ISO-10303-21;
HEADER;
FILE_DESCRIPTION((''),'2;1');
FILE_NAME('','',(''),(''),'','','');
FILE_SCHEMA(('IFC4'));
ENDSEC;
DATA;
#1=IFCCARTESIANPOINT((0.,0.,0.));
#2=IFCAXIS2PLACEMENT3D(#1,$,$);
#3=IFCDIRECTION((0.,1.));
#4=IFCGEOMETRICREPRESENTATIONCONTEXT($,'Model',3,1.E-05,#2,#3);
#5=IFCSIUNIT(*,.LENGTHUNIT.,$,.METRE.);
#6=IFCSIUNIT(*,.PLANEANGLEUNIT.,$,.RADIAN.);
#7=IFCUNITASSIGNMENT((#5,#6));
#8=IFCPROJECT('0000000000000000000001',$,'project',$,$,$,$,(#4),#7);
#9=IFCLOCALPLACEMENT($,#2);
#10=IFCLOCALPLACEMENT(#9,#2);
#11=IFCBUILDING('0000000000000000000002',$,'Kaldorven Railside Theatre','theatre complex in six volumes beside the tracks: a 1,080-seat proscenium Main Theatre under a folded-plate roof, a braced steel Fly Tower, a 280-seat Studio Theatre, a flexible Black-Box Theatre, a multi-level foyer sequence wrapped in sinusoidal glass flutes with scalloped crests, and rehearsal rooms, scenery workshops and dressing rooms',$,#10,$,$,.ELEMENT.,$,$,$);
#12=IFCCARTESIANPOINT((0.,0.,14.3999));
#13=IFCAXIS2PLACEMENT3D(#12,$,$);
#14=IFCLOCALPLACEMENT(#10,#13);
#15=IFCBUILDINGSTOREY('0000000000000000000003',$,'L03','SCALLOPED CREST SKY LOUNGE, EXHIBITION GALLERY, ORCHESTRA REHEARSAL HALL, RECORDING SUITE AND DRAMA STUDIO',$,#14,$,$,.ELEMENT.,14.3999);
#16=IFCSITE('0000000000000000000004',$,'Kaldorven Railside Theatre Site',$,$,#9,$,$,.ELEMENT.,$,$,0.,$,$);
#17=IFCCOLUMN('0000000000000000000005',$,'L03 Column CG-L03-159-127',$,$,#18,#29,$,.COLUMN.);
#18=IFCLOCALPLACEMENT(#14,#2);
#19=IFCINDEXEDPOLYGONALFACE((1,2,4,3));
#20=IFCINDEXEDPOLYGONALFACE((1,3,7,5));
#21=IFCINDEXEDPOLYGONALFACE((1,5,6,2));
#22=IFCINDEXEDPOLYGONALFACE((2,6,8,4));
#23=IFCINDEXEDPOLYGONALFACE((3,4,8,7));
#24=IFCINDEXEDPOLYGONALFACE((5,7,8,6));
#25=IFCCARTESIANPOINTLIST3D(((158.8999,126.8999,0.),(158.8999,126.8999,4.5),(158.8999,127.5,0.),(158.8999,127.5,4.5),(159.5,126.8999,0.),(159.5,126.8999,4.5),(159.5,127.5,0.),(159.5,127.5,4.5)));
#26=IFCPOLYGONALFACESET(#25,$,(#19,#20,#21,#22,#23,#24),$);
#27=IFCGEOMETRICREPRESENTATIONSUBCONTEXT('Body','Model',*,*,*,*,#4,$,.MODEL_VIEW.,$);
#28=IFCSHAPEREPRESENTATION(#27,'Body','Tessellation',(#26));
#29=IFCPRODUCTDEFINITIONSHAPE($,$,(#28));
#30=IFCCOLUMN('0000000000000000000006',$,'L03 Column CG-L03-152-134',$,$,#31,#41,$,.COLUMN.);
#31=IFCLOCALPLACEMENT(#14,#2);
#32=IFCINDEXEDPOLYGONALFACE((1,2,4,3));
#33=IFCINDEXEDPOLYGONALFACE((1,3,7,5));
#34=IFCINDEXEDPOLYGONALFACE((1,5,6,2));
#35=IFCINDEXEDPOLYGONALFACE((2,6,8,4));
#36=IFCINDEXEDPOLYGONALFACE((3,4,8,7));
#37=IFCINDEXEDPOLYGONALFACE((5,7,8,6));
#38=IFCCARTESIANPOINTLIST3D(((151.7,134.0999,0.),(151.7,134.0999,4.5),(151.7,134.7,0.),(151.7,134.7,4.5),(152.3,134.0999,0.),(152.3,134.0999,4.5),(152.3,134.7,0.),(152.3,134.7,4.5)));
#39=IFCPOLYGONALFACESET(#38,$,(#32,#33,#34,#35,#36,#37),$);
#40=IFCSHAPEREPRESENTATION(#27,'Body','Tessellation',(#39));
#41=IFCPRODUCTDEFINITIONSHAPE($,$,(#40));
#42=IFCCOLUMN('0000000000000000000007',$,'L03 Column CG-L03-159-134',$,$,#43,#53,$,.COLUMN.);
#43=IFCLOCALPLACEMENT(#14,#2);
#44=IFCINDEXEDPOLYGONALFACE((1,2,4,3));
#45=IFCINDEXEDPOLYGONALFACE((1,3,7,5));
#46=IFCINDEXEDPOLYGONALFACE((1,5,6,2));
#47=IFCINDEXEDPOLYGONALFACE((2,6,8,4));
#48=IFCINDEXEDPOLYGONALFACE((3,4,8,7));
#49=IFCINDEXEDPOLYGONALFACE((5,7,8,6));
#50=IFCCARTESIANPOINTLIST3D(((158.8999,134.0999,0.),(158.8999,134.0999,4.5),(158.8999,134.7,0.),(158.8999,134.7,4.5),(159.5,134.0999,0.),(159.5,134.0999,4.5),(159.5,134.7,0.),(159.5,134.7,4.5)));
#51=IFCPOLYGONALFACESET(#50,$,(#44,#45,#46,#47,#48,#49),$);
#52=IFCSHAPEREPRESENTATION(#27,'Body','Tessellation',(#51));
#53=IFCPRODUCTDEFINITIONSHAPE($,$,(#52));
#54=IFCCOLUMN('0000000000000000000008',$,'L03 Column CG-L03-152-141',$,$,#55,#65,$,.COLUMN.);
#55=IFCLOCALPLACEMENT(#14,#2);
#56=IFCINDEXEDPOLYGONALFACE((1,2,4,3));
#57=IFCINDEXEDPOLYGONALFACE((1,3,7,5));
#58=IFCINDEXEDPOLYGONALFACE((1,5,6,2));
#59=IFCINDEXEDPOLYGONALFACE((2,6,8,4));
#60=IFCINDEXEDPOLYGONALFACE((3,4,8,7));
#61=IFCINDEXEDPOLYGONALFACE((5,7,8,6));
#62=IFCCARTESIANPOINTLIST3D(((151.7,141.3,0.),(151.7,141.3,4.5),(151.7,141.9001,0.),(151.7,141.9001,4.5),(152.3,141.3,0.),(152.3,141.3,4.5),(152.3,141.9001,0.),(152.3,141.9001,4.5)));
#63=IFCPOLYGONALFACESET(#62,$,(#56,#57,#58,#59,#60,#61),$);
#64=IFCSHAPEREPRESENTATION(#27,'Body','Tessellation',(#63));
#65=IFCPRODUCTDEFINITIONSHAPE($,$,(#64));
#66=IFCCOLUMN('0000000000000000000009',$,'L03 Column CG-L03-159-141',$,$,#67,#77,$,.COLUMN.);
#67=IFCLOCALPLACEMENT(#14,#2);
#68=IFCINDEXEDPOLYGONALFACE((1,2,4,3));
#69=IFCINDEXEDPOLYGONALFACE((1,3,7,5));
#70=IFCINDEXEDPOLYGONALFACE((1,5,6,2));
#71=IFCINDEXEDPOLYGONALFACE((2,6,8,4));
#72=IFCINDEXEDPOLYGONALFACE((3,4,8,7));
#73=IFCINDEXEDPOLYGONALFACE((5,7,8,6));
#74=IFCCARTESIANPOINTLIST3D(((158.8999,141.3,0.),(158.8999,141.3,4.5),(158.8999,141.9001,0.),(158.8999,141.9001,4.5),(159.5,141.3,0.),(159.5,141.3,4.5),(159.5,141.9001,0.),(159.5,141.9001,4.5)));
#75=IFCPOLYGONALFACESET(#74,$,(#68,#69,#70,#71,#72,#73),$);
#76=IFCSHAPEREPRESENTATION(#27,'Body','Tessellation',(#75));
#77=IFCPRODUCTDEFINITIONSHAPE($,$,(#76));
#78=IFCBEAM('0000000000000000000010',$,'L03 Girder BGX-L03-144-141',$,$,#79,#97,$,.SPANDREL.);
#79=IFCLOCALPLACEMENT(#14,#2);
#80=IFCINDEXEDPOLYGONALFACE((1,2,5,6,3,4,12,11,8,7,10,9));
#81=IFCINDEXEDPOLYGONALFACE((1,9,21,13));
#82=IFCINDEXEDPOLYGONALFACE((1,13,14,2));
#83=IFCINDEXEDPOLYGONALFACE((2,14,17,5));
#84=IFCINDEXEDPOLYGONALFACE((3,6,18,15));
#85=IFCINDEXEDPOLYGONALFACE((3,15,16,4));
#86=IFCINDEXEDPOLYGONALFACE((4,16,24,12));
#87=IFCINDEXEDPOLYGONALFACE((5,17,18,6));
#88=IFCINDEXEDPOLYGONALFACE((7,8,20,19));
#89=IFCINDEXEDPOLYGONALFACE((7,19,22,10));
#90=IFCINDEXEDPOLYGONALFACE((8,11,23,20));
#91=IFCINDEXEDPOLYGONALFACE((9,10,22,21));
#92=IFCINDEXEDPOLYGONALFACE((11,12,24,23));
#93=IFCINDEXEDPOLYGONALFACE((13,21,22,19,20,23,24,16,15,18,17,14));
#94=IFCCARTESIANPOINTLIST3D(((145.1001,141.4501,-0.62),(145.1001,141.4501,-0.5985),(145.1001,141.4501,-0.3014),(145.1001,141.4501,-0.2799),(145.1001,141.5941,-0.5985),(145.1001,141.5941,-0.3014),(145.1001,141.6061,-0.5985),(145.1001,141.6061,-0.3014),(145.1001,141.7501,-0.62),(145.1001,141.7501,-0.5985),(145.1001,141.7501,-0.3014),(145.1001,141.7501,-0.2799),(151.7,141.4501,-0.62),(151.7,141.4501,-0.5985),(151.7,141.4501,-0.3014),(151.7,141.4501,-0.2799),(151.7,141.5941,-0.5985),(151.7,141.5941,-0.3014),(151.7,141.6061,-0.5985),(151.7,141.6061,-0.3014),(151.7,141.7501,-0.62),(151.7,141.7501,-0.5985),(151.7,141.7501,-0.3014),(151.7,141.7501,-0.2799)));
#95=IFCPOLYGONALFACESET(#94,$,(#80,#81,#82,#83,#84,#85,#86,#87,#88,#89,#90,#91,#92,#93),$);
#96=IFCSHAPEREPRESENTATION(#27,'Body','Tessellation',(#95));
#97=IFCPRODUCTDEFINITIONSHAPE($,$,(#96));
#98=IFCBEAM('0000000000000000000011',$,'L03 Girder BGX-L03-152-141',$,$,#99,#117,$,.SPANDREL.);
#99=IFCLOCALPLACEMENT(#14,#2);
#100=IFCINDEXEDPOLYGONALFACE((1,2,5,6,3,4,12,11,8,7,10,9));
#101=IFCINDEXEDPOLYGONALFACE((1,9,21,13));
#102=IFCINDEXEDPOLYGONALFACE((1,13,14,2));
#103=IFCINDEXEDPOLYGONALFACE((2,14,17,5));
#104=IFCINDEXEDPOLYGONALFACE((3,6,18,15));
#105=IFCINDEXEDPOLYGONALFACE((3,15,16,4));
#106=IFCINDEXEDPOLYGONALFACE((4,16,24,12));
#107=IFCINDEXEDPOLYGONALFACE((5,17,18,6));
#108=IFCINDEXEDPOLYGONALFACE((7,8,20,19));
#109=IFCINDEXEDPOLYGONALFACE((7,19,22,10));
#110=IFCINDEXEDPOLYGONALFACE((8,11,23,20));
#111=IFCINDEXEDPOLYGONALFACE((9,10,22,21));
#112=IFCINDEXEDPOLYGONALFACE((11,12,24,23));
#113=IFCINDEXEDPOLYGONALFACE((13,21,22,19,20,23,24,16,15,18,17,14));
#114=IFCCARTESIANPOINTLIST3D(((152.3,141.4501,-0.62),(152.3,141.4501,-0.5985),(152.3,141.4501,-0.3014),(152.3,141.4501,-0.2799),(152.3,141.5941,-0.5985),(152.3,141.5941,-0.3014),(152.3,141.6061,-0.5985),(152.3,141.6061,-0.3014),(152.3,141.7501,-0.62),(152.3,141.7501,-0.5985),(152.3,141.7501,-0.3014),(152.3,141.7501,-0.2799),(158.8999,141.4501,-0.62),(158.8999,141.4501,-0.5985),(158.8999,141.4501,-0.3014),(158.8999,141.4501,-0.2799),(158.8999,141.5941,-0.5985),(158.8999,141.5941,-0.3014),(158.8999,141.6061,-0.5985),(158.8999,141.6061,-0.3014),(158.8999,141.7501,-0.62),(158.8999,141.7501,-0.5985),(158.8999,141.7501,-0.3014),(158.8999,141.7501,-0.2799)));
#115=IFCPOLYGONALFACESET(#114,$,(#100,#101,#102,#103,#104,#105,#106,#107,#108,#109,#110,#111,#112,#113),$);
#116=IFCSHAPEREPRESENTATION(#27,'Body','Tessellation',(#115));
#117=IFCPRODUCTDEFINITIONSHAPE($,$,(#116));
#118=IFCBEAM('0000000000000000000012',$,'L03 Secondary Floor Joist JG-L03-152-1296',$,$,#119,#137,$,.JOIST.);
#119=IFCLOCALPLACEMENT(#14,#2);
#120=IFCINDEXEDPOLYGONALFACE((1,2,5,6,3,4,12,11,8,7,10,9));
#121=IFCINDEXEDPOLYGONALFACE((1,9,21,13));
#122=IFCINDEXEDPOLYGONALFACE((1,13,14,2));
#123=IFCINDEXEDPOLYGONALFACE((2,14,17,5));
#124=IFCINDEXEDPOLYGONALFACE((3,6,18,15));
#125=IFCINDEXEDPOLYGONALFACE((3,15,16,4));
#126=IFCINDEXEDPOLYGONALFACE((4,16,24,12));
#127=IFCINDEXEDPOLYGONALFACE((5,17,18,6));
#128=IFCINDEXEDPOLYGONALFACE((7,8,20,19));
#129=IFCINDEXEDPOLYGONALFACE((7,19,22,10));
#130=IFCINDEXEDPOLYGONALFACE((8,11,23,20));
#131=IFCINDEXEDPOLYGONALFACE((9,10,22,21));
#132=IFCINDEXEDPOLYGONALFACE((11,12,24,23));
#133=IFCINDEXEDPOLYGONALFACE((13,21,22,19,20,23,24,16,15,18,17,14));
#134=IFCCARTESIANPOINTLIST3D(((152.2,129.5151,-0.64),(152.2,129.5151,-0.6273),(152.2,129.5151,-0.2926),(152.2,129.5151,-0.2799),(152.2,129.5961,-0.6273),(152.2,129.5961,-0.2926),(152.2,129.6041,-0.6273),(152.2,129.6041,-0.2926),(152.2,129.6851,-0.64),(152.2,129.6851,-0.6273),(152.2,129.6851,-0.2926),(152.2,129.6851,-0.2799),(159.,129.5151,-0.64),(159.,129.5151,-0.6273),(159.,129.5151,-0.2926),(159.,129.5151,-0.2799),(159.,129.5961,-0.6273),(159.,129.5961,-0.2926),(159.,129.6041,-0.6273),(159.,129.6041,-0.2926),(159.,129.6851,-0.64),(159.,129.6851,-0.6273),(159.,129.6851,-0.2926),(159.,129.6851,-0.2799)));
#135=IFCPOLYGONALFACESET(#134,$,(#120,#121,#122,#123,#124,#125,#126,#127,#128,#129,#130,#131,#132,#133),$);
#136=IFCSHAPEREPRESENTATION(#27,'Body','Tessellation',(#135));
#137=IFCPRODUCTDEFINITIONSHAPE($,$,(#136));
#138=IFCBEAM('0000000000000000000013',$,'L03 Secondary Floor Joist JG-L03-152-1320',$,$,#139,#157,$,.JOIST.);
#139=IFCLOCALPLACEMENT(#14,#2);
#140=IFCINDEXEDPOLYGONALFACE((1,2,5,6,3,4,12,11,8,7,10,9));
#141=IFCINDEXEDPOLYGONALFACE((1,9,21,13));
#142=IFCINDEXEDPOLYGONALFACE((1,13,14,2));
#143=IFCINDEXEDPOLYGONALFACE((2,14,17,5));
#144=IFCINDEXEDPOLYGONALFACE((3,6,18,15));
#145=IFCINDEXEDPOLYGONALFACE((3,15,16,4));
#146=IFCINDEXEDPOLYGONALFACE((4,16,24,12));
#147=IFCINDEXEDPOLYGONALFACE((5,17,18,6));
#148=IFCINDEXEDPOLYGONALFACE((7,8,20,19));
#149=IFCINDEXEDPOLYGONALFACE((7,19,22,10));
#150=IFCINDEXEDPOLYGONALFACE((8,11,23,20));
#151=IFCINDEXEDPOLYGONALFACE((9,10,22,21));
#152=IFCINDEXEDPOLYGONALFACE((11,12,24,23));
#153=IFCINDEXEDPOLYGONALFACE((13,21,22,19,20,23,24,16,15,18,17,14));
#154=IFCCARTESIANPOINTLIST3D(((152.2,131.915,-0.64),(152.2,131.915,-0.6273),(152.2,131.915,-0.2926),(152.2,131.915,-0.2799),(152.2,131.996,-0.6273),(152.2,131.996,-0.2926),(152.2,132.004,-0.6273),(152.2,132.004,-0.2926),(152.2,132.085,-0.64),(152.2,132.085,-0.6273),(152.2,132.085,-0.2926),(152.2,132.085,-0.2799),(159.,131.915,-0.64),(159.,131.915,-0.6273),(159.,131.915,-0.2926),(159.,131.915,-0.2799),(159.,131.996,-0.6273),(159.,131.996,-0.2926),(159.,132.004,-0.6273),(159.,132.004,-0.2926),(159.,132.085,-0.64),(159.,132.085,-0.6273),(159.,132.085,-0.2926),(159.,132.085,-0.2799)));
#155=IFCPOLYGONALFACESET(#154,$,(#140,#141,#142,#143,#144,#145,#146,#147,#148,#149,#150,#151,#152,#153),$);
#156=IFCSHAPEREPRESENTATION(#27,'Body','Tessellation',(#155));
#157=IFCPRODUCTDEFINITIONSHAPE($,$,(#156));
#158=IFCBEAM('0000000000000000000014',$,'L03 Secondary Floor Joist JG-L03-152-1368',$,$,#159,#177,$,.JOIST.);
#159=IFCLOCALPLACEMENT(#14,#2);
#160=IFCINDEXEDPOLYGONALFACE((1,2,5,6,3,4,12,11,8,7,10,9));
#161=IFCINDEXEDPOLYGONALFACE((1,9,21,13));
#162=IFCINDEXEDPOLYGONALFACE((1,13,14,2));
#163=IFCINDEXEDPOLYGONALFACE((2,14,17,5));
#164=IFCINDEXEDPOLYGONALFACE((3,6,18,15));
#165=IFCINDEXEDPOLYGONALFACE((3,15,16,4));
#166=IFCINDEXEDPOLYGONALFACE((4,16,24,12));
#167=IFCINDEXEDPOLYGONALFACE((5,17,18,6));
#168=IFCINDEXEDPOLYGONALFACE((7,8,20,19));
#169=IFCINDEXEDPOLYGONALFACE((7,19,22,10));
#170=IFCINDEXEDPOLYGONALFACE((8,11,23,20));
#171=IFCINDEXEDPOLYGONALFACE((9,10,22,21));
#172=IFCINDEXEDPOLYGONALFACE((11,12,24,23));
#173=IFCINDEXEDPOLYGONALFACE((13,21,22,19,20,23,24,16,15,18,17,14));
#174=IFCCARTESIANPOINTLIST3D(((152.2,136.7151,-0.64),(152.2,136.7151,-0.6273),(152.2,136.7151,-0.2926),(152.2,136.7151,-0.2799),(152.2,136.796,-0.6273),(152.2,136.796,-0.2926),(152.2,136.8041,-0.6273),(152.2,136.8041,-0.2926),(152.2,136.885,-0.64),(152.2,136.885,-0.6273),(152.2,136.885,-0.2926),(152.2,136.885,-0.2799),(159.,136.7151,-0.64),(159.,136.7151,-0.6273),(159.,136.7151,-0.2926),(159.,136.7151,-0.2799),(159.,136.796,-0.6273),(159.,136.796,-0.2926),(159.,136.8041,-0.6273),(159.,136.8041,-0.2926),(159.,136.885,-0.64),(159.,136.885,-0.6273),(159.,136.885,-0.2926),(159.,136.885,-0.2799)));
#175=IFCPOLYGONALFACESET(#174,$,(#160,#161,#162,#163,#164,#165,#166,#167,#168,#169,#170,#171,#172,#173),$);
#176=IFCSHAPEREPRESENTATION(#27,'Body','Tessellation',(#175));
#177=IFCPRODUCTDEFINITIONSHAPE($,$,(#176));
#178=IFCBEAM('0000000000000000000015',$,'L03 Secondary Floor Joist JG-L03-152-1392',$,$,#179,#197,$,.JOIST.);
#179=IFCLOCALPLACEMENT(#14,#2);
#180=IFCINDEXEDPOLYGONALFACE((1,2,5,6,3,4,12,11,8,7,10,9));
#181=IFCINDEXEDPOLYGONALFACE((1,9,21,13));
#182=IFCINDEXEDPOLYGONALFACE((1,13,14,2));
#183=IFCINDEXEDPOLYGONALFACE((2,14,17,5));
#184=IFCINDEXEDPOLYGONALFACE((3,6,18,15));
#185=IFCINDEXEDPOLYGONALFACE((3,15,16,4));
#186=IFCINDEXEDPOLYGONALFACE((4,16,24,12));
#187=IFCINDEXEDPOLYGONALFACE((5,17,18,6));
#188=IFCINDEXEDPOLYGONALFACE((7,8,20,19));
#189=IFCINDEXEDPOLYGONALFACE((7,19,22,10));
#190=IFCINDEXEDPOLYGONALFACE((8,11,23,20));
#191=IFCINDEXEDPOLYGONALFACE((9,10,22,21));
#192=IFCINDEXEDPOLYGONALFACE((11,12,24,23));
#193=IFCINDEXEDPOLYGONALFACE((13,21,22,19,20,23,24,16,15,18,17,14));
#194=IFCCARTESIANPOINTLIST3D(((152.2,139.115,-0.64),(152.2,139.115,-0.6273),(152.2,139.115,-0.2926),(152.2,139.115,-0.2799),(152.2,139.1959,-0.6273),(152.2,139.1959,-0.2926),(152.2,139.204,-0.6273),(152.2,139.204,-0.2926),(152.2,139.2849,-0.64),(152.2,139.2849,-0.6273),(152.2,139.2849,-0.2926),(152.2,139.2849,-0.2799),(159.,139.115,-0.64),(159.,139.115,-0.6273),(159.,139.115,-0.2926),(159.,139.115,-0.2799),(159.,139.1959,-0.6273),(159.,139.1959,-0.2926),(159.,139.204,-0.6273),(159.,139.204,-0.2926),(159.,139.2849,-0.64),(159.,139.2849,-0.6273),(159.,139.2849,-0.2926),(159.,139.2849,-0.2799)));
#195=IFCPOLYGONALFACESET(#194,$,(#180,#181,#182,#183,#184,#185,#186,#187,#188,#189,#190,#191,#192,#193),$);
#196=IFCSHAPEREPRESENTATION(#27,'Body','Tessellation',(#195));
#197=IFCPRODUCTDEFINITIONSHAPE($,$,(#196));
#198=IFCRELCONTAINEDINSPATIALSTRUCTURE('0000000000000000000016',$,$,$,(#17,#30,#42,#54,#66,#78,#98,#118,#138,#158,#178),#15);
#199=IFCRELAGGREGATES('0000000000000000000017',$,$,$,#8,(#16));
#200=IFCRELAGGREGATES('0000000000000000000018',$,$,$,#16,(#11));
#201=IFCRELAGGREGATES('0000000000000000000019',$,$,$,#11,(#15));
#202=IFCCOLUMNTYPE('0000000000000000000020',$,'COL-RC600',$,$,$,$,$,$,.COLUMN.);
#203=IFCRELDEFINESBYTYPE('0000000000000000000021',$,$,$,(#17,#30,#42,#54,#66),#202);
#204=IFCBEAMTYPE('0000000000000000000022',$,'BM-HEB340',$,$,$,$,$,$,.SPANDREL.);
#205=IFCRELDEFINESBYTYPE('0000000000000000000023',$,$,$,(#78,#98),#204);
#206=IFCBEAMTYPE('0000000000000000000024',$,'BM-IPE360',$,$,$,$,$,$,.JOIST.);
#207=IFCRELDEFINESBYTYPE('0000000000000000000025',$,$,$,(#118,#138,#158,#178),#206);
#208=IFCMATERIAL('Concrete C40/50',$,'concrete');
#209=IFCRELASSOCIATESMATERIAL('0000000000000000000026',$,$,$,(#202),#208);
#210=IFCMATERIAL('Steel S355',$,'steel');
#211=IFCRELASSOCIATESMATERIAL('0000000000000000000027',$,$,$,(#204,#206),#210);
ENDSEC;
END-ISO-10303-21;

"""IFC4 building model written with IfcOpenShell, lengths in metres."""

from ifc_helpers import new_model, si_unit, direction, frame, origin, origin_2d, place, context, subcontext, project, spatial, rectangle, i_section, extrude, material, material_profile, profile_set, type_object, element, save


model = new_model("IFC4")

# Units and contexts
model_context = context("Model", 3, precision=1e-05, world=origin(), true_north=direction((0.0, 1.0)))
body_context = subcontext(model_context, "Body", "Model", "MODEL_VIEW")
ifc_project = project(units=[si_unit("LENGTHUNIT", "METRE"), si_unit("PLANEANGLEUNIT", "RADIAN")], contexts=[model_context])

# Site, building, storey
site_placement = place(None, origin())
site = spatial("IfcSite", under=ifc_project, at=site_placement, Name="Kaldorven Railside Theatre Site", CompositionType="ELEMENT", RefElevation=0.0)
building_placement = place(site_placement, origin())
building = spatial("IfcBuilding", under=site, at=building_placement, Name="Kaldorven Railside Theatre", Description="theatre complex in six volumes beside the tracks: a 1,080-seat proscenium Main Theatre under a folded-plate roof, a braced steel Fly Tower, a 280-seat Studio Theatre, a flexible Black-Box Theatre, a multi-level foyer sequence wrapped in sinusoidal glass flutes with scalloped crests, and rehearsal rooms, scenery workshops and dressing rooms", CompositionType="ELEMENT")
storey_placement = place(building_placement, frame((0.0, 0.0, 14.3999)))
storey = spatial("IfcBuildingStorey", under=building, at=storey_placement, Name="L03", Description="SCALLOPED CREST SKY LOUNGE, EXHIBITION GALLERY, ORCHESTRA REHEARSAL HALL, RECORDING SUITE AND DRAMA STUDIO", CompositionType="ELEMENT", Elevation=14.3999)

# Columns
ifc_material_1 = material(Name="Concrete C40/50", Category="concrete")
ifc_material_profile_1 = material_profile(ifc_material_1, rectangle(XDim=0.6001, YDim=0.6001, at=origin_2d()), Name="RC 600x600")
ifc_profile_set_1 = profile_set([ifc_material_profile_1], Name="Concrete C40/50")
column_type = type_object("IfcColumnType", Name="COL-RC600", PredefinedType="COLUMN", material=ifc_profile_set_1)
for number, where, z_axis, x_axis, name in (
    (1, (159.2, 127.2, 0.0), (0.0, 0.0, 1.0), (1.0, 0.0, 0.0), "L03 Column CG-L03-159-127"),
    (2, (152.0, 134.3999, 0.0), (0.0, 0.0, 1.0), (1.0, 0.0, 0.0), "L03 Column CG-L03-152-134"),
    (3, (159.2, 134.3999, 0.0), (0.0, 0.0, 1.0), (0.0, 1.0, 0.0), "L03 Column CG-L03-159-134"),
    (4, (152.0, 141.6001, 0.0), (0.0, 0.0, 1.0), (0.0, 1.0, 0.0), "L03 Column CG-L03-152-141"),
    (5, (159.2, 141.6001, 0.0), (0.0, 0.0, 1.0), (1.0, 0.0, 0.0), "L03 Column CG-L03-159-141"),
):
    element("IfcColumn", number, at=place(storey_placement, frame(where, z_axis=z_axis, x_axis=x_axis)), inside=storey, type_object=column_type, Name=name, PredefinedType="COLUMN", context=body_context, shape_type="SweptSolid", body=[
        extrude(rectangle(XDim=0.6001, YDim=0.6001, at=origin_2d()), origin(), (0.0, 0.0, 1.0), 4.5),
    ])

# Beams
ifc_material_2 = material(Name="Steel S355", Category="steel")
ifc_material_profile_2 = material_profile(ifc_material_2, i_section(OverallWidth=0.3, OverallDepth=0.3401, WebThickness=0.012, FlangeThickness=0.0215, at=origin_2d()), Name="HEB 340")
ifc_profile_set_2 = profile_set([ifc_material_profile_2], Name="Steel S355")
beam_type_1 = type_object("IfcBeamType", Name="BM-HEB340", PredefinedType="SPANDREL", material=ifc_profile_set_2)
for number, where, z_axis, x_axis, name in (
    (6, (145.1001, 141.6001, -0.45), (1.0, 0.0, 0.0), (0.0, 1.0, 0.0), "L03 Girder BGX-L03-144-141"),
    (7, (152.3, 141.6001, -0.45), (1.0, 0.0, 0.0), (0.0, 1.0, 0.0), "L03 Girder BGX-L03-152-141"),
):
    element("IfcBeam", number, at=place(storey_placement, frame(where, z_axis=z_axis, x_axis=x_axis)), inside=storey, type_object=beam_type_1, Name=name, PredefinedType="SPANDREL", context=body_context, shape_type="SweptSolid", body=[
        extrude(i_section(OverallWidth=0.3, OverallDepth=0.3401, WebThickness=0.012, FlangeThickness=0.0215, at=origin_2d()), origin(), (0.0, 0.0, 1.0), 6.5999),
    ])
ifc_material_profile_3 = material_profile(ifc_material_2, i_section(OverallWidth=0.1699, OverallDepth=0.3601, WebThickness=0.0081, FlangeThickness=0.0127, at=origin_2d()), Name="IPE 360")
ifc_profile_set_3 = profile_set([ifc_material_profile_3], Name="Steel S355")
beam_type_2 = type_object("IfcBeamType", Name="BM-IPE360", PredefinedType="JOIST", material=ifc_profile_set_3)
for number, where, z_axis, x_axis, name in (
    (8, (152.2, 129.6001, -0.46), (1.0, 0.0, 0.0), (0.0, 1.0, 0.0), "L03 Secondary Floor Joist JG-L03-152-1296"),
    (9, (152.2, 132.0, -0.46), (1.0, 0.0, 0.0), (0.0, 1.0, 0.0), "L03 Secondary Floor Joist JG-L03-152-1320"),
    (10, (152.2, 136.8, -0.46), (1.0, 0.0, 0.0), (0.0, 1.0, 0.0), "L03 Secondary Floor Joist JG-L03-152-1368"),
    (11, (152.2, 139.2, -0.46), (1.0, 0.0, 0.0), (0.0, 1.0, 0.0), "L03 Secondary Floor Joist JG-L03-152-1392"),
):
    element("IfcBeam", number, at=place(storey_placement, frame(where, z_axis=z_axis, x_axis=x_axis)), inside=storey, type_object=beam_type_2, Name=name, PredefinedType="JOIST", context=body_context, shape_type="SweptSolid", body=[
        extrude(i_section(OverallWidth=0.1699, OverallDepth=0.3601, WebThickness=0.0081, FlangeThickness=0.0127, at=origin_2d()), origin(), (0.0, 0.0, 1.0), 6.8),
    ])

save(model, "model.ifc")
